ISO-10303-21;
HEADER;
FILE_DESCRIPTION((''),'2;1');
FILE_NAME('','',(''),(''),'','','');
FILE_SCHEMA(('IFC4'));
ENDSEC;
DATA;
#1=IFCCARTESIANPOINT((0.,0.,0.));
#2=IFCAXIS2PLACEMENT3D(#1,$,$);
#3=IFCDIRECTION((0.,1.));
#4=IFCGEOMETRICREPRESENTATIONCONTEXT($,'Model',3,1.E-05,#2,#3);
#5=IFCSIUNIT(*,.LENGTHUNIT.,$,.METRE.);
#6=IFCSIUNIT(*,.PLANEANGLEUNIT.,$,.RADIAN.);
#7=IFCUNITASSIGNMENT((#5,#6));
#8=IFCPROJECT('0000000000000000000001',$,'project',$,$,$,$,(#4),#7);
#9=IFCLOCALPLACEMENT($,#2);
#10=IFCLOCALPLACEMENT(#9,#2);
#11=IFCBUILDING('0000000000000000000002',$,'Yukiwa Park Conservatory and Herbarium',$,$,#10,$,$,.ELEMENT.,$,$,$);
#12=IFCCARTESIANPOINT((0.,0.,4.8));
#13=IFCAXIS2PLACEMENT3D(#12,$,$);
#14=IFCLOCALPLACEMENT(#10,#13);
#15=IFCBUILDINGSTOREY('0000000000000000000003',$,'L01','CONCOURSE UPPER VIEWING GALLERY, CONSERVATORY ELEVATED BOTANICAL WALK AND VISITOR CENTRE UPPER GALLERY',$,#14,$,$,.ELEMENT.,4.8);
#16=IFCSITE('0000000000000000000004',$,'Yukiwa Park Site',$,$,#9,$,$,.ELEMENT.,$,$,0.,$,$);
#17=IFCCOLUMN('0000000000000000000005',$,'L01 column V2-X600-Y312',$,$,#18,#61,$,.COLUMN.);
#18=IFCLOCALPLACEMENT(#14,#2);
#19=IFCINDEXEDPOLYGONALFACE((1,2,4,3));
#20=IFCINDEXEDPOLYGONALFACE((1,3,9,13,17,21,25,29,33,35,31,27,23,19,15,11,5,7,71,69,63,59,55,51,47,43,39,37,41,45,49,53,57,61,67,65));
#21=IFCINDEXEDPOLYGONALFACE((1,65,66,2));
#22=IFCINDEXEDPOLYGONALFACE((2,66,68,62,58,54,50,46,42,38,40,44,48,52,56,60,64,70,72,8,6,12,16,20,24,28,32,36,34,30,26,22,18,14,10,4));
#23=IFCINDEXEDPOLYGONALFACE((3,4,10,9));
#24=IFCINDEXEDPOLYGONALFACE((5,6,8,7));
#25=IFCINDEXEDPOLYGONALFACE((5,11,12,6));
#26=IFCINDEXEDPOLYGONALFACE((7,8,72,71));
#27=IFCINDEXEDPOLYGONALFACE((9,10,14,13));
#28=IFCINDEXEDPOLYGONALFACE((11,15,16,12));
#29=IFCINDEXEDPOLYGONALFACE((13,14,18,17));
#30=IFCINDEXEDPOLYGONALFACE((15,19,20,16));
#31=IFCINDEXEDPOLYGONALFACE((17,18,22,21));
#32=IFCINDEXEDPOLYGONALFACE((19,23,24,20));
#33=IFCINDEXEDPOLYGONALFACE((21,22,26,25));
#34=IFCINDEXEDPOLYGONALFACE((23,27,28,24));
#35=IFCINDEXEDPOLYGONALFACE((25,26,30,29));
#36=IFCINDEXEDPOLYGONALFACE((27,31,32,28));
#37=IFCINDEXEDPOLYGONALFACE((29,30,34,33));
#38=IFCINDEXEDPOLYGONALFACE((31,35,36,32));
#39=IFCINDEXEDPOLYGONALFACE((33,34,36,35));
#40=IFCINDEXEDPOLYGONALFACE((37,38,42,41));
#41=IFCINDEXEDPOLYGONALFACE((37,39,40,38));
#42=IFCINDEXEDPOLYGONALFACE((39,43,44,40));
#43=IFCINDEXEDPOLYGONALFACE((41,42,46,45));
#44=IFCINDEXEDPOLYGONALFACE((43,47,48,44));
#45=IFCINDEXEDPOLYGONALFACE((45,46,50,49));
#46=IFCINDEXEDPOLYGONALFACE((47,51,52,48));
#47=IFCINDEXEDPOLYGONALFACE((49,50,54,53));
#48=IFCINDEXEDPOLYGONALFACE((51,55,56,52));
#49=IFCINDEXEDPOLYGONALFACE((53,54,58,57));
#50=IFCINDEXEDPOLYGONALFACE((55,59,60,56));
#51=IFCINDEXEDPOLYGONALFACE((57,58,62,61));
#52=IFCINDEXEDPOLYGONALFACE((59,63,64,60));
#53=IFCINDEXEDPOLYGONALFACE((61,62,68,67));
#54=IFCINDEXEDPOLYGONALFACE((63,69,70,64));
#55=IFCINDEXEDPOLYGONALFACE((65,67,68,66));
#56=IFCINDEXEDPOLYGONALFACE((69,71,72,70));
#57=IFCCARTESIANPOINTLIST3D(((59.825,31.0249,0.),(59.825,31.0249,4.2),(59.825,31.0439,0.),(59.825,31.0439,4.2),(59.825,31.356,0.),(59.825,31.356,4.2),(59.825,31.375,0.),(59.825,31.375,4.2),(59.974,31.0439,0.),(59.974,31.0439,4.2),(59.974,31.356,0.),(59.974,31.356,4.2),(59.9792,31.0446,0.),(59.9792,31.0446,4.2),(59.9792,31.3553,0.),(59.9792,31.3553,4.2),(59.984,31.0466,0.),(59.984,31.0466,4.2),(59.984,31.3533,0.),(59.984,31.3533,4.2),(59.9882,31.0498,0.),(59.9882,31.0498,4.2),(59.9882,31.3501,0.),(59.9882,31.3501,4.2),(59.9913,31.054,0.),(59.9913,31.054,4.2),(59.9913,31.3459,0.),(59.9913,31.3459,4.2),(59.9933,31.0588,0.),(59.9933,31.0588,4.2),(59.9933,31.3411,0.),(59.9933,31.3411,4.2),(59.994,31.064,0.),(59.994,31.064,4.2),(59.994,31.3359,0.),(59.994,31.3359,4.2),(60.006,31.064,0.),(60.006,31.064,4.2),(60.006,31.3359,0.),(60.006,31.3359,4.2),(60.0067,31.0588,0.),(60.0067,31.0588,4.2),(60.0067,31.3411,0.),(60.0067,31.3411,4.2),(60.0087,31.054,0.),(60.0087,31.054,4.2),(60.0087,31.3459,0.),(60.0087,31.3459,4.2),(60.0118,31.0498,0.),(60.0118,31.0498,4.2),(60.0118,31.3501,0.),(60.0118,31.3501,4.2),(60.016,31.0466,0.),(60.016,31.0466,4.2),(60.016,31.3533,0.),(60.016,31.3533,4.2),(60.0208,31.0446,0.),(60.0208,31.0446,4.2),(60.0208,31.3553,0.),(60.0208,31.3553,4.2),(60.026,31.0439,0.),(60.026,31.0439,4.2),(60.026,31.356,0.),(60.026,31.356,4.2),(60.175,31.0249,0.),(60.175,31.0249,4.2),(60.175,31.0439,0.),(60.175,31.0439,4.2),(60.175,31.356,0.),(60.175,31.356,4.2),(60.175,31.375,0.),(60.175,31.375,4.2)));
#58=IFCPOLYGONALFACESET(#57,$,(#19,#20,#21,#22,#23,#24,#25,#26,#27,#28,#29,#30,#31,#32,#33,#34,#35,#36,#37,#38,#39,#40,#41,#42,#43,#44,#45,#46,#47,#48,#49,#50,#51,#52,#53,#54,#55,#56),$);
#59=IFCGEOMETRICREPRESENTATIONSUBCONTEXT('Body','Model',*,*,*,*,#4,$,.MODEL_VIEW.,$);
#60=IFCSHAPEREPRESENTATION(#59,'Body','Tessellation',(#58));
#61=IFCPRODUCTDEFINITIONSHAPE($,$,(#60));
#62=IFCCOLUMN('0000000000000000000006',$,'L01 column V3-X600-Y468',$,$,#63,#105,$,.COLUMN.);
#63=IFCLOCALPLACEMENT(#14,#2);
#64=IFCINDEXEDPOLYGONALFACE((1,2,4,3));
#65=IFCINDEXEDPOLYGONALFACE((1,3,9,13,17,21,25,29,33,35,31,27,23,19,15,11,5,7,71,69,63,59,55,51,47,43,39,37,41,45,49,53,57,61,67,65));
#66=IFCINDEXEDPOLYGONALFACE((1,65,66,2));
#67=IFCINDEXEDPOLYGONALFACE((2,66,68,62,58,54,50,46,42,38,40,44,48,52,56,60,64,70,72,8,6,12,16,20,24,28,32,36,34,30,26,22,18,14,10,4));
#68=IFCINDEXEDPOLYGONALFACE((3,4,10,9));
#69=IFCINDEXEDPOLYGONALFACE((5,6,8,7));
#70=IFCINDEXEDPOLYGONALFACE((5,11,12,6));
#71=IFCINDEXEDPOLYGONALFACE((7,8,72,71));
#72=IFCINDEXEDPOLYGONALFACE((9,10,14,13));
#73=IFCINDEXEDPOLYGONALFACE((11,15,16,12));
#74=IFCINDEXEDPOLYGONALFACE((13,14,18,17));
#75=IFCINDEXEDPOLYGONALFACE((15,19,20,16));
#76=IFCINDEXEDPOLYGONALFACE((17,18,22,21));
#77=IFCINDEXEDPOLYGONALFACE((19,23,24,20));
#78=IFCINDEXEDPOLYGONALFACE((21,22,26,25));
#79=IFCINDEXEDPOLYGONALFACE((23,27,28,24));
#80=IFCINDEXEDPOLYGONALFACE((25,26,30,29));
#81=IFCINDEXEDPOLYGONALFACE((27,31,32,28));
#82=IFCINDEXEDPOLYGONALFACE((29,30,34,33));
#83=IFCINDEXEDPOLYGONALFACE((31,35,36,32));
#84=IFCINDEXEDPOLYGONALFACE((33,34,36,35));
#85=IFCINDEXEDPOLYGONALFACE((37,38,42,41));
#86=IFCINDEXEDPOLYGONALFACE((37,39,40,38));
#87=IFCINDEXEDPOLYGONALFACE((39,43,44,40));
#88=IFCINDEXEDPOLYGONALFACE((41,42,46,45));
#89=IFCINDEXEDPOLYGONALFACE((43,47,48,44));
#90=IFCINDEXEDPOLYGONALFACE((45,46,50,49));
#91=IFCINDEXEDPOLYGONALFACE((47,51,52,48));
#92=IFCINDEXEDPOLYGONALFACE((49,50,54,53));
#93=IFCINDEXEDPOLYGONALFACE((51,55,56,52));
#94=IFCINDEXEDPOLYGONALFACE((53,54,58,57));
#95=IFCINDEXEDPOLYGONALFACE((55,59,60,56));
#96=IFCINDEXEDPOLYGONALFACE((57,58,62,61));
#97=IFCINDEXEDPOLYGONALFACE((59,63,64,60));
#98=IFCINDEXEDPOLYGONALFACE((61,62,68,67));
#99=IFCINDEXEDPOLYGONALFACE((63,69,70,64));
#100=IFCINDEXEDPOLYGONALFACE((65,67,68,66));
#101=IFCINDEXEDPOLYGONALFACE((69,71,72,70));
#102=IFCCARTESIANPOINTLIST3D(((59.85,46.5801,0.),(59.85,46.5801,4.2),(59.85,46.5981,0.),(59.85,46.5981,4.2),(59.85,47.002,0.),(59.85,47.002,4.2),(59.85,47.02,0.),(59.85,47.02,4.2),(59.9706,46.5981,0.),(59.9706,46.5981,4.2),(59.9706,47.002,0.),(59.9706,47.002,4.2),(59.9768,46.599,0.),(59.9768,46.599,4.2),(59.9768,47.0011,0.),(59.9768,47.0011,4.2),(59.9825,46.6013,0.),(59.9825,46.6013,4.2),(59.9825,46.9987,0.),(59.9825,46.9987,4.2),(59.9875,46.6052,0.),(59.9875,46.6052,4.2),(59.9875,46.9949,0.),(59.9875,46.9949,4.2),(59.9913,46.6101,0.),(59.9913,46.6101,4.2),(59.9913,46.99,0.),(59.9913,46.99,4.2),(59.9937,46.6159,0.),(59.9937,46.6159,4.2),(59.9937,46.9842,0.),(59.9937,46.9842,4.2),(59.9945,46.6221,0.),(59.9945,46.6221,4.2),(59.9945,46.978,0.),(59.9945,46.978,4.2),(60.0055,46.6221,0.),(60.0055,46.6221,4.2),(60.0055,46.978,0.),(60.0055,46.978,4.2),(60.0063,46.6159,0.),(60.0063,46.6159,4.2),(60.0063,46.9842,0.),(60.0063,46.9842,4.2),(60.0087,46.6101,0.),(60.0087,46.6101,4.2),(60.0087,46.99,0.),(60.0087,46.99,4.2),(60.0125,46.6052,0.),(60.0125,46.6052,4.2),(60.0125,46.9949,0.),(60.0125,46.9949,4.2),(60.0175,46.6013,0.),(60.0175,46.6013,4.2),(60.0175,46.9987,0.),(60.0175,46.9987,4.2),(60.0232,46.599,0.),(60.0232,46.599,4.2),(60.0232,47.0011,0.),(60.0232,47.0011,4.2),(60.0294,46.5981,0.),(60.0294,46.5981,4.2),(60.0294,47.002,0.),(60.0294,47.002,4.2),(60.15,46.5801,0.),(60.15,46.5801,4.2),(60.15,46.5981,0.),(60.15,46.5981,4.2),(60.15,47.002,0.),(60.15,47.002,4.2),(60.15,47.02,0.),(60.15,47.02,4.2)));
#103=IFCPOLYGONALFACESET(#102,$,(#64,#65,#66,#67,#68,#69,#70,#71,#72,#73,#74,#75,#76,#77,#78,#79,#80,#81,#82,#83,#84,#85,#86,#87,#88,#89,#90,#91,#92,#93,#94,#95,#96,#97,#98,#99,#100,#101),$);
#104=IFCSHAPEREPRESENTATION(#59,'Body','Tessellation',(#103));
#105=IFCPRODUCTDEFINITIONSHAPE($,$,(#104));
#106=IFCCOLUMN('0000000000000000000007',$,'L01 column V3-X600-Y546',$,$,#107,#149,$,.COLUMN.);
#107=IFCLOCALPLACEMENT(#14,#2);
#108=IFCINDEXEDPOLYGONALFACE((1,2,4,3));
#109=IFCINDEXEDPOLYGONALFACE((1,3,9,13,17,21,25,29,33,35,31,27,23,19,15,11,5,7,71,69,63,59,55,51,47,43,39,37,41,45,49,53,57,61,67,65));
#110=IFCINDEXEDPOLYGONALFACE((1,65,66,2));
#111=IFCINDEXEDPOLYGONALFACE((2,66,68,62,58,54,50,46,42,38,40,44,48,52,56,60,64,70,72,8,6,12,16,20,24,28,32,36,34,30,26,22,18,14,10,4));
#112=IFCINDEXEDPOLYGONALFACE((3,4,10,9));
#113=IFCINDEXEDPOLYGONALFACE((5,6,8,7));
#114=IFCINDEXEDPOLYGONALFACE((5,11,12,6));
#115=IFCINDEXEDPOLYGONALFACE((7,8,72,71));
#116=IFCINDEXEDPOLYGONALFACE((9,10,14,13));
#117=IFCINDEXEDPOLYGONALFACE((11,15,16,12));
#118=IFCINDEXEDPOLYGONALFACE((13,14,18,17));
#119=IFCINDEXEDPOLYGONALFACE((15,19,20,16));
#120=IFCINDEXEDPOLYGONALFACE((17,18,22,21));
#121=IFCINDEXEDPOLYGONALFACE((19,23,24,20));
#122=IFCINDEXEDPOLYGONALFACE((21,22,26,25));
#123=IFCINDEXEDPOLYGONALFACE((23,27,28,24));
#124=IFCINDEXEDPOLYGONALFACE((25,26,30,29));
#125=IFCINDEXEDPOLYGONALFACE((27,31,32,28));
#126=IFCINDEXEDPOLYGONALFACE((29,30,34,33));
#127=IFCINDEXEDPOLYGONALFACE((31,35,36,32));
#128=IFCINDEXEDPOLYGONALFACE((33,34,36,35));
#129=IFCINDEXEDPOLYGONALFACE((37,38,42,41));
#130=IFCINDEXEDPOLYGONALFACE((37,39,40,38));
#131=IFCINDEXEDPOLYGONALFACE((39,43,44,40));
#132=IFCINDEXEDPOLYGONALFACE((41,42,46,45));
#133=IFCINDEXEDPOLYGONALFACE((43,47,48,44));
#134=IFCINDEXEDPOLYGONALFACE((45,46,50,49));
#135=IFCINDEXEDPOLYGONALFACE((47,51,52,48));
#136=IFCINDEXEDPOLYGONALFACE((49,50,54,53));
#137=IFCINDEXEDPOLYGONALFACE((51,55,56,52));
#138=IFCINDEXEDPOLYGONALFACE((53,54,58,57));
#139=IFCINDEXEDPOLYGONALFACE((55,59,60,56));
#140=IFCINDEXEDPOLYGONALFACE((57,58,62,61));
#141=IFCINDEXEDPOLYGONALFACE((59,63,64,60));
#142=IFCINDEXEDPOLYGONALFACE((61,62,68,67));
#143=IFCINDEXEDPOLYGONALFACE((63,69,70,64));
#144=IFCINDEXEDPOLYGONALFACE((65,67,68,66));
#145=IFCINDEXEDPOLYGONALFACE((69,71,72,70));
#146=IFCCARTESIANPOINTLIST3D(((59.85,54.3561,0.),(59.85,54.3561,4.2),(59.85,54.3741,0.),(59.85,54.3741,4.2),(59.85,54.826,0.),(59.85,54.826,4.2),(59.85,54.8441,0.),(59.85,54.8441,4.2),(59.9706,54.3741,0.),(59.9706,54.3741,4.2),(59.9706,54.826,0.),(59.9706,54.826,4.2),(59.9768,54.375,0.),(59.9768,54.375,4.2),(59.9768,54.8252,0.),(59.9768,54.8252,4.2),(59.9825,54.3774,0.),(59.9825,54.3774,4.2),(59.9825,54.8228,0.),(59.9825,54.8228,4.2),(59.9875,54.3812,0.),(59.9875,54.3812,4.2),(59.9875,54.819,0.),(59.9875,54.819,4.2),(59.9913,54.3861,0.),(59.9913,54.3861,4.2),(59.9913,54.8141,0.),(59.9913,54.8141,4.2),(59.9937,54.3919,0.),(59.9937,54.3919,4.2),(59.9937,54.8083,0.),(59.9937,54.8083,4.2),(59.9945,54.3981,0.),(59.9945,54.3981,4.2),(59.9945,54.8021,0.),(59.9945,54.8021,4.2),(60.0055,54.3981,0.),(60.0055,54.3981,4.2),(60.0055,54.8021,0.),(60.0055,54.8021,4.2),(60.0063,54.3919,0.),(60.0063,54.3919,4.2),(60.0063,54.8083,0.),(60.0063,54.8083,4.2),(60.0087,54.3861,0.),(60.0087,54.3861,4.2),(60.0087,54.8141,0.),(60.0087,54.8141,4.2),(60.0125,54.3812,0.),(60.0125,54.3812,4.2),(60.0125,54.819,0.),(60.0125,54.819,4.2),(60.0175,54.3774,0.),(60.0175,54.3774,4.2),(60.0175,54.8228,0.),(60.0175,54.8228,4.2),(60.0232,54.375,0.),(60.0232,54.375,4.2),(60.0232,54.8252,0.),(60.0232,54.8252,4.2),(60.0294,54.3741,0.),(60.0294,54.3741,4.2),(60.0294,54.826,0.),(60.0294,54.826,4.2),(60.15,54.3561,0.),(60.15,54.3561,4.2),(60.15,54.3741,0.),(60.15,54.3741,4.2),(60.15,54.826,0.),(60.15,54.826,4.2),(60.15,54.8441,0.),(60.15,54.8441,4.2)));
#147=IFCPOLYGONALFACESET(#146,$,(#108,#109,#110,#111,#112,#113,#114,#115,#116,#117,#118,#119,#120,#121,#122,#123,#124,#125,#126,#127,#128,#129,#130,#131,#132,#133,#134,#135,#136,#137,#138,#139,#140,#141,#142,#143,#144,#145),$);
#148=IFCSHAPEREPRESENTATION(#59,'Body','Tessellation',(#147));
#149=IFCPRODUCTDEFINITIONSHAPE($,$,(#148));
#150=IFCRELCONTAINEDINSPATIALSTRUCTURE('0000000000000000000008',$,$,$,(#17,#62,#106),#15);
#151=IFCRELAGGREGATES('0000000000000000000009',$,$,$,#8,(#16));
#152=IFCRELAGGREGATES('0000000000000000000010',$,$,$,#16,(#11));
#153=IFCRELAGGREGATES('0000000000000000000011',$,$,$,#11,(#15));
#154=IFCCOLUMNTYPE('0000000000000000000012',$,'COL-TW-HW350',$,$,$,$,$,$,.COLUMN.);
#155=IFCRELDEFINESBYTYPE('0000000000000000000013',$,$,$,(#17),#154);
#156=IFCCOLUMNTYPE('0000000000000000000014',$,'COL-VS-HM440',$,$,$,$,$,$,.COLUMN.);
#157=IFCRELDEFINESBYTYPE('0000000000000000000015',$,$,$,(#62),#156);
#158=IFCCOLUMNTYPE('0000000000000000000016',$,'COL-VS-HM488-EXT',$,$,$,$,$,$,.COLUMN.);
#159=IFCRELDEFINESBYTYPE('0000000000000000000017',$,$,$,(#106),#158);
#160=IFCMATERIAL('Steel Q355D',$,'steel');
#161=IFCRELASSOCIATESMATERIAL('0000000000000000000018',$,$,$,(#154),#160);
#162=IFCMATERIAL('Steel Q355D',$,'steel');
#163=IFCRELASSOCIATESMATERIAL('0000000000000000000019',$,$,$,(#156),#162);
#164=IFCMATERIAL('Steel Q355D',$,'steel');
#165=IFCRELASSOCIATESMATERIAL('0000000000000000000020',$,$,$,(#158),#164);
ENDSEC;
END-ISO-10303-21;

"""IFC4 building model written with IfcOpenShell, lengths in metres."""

from ifc_helpers import new_model, si_unit, direction, frame, origin, origin_2d, place, context, subcontext, project, spatial, i_section, extrude, material, material_profile, profile_set, type_object, element, save


model = new_model("IFC4")

# Units and contexts
model_context = context("Model", 3, precision=1e-05, world=origin(), true_north=direction((0.0, 1.0)))
body_context = subcontext(model_context, "Body", "Model", "MODEL_VIEW")
ifc_project = project(units=[si_unit("LENGTHUNIT", "METRE"), si_unit("PLANEANGLEUNIT", "RADIAN")], contexts=[model_context])

# Site, building, storey
site_placement = place(None, origin())
site = spatial("IfcSite", under=ifc_project, at=site_placement, Name="Yukiwa Park Site", CompositionType="ELEMENT", RefElevation=0.0)
building_placement = place(site_placement, origin())
building = spatial("IfcBuilding", under=site, at=building_placement, Name="Yukiwa Park Conservatory and Herbarium", CompositionType="ELEMENT")
storey_placement = place(building_placement, frame((0.0, 0.0, 4.8)))
storey = spatial("IfcBuildingStorey", under=building, at=storey_placement, Name="L01", Description="CONCOURSE UPPER VIEWING GALLERY, CONSERVATORY ELEVATED BOTANICAL WALK AND VISITOR CENTRE UPPER GALLERY", CompositionType="ELEMENT", Elevation=4.8)

# Columns
ifc_material_1 = material(Name="Steel Q355D", Category="steel")
ifc_material_profile_1 = material_profile(ifc_material_1, i_section(OverallWidth=0.3501, OverallDepth=0.3501, WebThickness=0.012, FlangeThickness=0.019, FilletRadius=0.02, at=origin_2d()), Name="HW 350x350x12x19")
ifc_profile_set_1 = profile_set([ifc_material_profile_1], Name="Steel Q355D")
column_type_1 = type_object("IfcColumnType", Name="COL-TW-HW350", PredefinedType="COLUMN", material=ifc_profile_set_1)
column_1_placement = place(storey_placement, frame((60.0, 31.2, 0.0), z_axis=(0.0, 0.0, 1.0), x_axis=(1.0, 0.0, 0.0)))
element("IfcColumn", 1, at=column_1_placement, inside=storey, type_object=column_type_1, Name="L01 column V2-X600-Y312", PredefinedType="COLUMN", context=body_context, shape_type="SweptSolid", body=[
    extrude(i_section(OverallWidth=0.3501, OverallDepth=0.3501, WebThickness=0.012, FlangeThickness=0.019, FilletRadius=0.02, at=origin_2d()), origin(), (0.0, 0.0, 1.0), 4.2),
])
ifc_material_2 = material(Name="Steel Q355D", Category="steel")
ifc_material_profile_2 = material_profile(ifc_material_2, i_section(OverallWidth=0.3, OverallDepth=0.4399, WebThickness=0.011, FlangeThickness=0.0181, FilletRadius=0.0239, at=origin_2d()), Name="HM 440x300x11x18")
ifc_profile_set_2 = profile_set([ifc_material_profile_2], Name="Steel Q355D")
column_type_2 = type_object("IfcColumnType", Name="COL-VS-HM440", PredefinedType="COLUMN", material=ifc_profile_set_2)
column_2_placement = place(storey_placement, frame((60.0, 46.8, 0.0), z_axis=(0.0, 0.0, 1.0), x_axis=(1.0, 0.0, 0.0)))
element("IfcColumn", 2, at=column_2_placement, inside=storey, type_object=column_type_2, Name="L01 column V3-X600-Y468", PredefinedType="COLUMN", context=body_context, shape_type="SweptSolid", body=[
    extrude(i_section(OverallWidth=0.3, OverallDepth=0.4399, WebThickness=0.011, FlangeThickness=0.0181, FilletRadius=0.0239, at=origin_2d()), origin(), (0.0, 0.0, 1.0), 4.2),
])
ifc_material_3 = material(Name="Steel Q355D", Category="steel")
ifc_material_profile_3 = material_profile(ifc_material_3, i_section(OverallWidth=0.3, OverallDepth=0.488, WebThickness=0.011, FlangeThickness=0.0181, FilletRadius=0.0239, at=origin_2d()), Name="HM 488x300x11x18")
ifc_profile_set_3 = profile_set([ifc_material_profile_3], Name="Steel Q355D")
column_type_3 = type_object("IfcColumnType", Name="COL-VS-HM488-EXT", PredefinedType="COLUMN", material=ifc_profile_set_3)
column_3_placement = place(storey_placement, frame((60.0, 54.6001, 0.0), z_axis=(0.0, 0.0, 1.0), x_axis=(1.0, 0.0, 0.0)))
element("IfcColumn", 3, at=column_3_placement, inside=storey, type_object=column_type_3, Name="L01 column V3-X600-Y546", PredefinedType="COLUMN", context=body_context, shape_type="SweptSolid", body=[
    extrude(i_section(OverallWidth=0.3, OverallDepth=0.488, WebThickness=0.011, FlangeThickness=0.0181, FilletRadius=0.0239, at=origin_2d()), origin(), (0.0, 0.0, 1.0), 4.2),
])

save(model, "model.ifc")
